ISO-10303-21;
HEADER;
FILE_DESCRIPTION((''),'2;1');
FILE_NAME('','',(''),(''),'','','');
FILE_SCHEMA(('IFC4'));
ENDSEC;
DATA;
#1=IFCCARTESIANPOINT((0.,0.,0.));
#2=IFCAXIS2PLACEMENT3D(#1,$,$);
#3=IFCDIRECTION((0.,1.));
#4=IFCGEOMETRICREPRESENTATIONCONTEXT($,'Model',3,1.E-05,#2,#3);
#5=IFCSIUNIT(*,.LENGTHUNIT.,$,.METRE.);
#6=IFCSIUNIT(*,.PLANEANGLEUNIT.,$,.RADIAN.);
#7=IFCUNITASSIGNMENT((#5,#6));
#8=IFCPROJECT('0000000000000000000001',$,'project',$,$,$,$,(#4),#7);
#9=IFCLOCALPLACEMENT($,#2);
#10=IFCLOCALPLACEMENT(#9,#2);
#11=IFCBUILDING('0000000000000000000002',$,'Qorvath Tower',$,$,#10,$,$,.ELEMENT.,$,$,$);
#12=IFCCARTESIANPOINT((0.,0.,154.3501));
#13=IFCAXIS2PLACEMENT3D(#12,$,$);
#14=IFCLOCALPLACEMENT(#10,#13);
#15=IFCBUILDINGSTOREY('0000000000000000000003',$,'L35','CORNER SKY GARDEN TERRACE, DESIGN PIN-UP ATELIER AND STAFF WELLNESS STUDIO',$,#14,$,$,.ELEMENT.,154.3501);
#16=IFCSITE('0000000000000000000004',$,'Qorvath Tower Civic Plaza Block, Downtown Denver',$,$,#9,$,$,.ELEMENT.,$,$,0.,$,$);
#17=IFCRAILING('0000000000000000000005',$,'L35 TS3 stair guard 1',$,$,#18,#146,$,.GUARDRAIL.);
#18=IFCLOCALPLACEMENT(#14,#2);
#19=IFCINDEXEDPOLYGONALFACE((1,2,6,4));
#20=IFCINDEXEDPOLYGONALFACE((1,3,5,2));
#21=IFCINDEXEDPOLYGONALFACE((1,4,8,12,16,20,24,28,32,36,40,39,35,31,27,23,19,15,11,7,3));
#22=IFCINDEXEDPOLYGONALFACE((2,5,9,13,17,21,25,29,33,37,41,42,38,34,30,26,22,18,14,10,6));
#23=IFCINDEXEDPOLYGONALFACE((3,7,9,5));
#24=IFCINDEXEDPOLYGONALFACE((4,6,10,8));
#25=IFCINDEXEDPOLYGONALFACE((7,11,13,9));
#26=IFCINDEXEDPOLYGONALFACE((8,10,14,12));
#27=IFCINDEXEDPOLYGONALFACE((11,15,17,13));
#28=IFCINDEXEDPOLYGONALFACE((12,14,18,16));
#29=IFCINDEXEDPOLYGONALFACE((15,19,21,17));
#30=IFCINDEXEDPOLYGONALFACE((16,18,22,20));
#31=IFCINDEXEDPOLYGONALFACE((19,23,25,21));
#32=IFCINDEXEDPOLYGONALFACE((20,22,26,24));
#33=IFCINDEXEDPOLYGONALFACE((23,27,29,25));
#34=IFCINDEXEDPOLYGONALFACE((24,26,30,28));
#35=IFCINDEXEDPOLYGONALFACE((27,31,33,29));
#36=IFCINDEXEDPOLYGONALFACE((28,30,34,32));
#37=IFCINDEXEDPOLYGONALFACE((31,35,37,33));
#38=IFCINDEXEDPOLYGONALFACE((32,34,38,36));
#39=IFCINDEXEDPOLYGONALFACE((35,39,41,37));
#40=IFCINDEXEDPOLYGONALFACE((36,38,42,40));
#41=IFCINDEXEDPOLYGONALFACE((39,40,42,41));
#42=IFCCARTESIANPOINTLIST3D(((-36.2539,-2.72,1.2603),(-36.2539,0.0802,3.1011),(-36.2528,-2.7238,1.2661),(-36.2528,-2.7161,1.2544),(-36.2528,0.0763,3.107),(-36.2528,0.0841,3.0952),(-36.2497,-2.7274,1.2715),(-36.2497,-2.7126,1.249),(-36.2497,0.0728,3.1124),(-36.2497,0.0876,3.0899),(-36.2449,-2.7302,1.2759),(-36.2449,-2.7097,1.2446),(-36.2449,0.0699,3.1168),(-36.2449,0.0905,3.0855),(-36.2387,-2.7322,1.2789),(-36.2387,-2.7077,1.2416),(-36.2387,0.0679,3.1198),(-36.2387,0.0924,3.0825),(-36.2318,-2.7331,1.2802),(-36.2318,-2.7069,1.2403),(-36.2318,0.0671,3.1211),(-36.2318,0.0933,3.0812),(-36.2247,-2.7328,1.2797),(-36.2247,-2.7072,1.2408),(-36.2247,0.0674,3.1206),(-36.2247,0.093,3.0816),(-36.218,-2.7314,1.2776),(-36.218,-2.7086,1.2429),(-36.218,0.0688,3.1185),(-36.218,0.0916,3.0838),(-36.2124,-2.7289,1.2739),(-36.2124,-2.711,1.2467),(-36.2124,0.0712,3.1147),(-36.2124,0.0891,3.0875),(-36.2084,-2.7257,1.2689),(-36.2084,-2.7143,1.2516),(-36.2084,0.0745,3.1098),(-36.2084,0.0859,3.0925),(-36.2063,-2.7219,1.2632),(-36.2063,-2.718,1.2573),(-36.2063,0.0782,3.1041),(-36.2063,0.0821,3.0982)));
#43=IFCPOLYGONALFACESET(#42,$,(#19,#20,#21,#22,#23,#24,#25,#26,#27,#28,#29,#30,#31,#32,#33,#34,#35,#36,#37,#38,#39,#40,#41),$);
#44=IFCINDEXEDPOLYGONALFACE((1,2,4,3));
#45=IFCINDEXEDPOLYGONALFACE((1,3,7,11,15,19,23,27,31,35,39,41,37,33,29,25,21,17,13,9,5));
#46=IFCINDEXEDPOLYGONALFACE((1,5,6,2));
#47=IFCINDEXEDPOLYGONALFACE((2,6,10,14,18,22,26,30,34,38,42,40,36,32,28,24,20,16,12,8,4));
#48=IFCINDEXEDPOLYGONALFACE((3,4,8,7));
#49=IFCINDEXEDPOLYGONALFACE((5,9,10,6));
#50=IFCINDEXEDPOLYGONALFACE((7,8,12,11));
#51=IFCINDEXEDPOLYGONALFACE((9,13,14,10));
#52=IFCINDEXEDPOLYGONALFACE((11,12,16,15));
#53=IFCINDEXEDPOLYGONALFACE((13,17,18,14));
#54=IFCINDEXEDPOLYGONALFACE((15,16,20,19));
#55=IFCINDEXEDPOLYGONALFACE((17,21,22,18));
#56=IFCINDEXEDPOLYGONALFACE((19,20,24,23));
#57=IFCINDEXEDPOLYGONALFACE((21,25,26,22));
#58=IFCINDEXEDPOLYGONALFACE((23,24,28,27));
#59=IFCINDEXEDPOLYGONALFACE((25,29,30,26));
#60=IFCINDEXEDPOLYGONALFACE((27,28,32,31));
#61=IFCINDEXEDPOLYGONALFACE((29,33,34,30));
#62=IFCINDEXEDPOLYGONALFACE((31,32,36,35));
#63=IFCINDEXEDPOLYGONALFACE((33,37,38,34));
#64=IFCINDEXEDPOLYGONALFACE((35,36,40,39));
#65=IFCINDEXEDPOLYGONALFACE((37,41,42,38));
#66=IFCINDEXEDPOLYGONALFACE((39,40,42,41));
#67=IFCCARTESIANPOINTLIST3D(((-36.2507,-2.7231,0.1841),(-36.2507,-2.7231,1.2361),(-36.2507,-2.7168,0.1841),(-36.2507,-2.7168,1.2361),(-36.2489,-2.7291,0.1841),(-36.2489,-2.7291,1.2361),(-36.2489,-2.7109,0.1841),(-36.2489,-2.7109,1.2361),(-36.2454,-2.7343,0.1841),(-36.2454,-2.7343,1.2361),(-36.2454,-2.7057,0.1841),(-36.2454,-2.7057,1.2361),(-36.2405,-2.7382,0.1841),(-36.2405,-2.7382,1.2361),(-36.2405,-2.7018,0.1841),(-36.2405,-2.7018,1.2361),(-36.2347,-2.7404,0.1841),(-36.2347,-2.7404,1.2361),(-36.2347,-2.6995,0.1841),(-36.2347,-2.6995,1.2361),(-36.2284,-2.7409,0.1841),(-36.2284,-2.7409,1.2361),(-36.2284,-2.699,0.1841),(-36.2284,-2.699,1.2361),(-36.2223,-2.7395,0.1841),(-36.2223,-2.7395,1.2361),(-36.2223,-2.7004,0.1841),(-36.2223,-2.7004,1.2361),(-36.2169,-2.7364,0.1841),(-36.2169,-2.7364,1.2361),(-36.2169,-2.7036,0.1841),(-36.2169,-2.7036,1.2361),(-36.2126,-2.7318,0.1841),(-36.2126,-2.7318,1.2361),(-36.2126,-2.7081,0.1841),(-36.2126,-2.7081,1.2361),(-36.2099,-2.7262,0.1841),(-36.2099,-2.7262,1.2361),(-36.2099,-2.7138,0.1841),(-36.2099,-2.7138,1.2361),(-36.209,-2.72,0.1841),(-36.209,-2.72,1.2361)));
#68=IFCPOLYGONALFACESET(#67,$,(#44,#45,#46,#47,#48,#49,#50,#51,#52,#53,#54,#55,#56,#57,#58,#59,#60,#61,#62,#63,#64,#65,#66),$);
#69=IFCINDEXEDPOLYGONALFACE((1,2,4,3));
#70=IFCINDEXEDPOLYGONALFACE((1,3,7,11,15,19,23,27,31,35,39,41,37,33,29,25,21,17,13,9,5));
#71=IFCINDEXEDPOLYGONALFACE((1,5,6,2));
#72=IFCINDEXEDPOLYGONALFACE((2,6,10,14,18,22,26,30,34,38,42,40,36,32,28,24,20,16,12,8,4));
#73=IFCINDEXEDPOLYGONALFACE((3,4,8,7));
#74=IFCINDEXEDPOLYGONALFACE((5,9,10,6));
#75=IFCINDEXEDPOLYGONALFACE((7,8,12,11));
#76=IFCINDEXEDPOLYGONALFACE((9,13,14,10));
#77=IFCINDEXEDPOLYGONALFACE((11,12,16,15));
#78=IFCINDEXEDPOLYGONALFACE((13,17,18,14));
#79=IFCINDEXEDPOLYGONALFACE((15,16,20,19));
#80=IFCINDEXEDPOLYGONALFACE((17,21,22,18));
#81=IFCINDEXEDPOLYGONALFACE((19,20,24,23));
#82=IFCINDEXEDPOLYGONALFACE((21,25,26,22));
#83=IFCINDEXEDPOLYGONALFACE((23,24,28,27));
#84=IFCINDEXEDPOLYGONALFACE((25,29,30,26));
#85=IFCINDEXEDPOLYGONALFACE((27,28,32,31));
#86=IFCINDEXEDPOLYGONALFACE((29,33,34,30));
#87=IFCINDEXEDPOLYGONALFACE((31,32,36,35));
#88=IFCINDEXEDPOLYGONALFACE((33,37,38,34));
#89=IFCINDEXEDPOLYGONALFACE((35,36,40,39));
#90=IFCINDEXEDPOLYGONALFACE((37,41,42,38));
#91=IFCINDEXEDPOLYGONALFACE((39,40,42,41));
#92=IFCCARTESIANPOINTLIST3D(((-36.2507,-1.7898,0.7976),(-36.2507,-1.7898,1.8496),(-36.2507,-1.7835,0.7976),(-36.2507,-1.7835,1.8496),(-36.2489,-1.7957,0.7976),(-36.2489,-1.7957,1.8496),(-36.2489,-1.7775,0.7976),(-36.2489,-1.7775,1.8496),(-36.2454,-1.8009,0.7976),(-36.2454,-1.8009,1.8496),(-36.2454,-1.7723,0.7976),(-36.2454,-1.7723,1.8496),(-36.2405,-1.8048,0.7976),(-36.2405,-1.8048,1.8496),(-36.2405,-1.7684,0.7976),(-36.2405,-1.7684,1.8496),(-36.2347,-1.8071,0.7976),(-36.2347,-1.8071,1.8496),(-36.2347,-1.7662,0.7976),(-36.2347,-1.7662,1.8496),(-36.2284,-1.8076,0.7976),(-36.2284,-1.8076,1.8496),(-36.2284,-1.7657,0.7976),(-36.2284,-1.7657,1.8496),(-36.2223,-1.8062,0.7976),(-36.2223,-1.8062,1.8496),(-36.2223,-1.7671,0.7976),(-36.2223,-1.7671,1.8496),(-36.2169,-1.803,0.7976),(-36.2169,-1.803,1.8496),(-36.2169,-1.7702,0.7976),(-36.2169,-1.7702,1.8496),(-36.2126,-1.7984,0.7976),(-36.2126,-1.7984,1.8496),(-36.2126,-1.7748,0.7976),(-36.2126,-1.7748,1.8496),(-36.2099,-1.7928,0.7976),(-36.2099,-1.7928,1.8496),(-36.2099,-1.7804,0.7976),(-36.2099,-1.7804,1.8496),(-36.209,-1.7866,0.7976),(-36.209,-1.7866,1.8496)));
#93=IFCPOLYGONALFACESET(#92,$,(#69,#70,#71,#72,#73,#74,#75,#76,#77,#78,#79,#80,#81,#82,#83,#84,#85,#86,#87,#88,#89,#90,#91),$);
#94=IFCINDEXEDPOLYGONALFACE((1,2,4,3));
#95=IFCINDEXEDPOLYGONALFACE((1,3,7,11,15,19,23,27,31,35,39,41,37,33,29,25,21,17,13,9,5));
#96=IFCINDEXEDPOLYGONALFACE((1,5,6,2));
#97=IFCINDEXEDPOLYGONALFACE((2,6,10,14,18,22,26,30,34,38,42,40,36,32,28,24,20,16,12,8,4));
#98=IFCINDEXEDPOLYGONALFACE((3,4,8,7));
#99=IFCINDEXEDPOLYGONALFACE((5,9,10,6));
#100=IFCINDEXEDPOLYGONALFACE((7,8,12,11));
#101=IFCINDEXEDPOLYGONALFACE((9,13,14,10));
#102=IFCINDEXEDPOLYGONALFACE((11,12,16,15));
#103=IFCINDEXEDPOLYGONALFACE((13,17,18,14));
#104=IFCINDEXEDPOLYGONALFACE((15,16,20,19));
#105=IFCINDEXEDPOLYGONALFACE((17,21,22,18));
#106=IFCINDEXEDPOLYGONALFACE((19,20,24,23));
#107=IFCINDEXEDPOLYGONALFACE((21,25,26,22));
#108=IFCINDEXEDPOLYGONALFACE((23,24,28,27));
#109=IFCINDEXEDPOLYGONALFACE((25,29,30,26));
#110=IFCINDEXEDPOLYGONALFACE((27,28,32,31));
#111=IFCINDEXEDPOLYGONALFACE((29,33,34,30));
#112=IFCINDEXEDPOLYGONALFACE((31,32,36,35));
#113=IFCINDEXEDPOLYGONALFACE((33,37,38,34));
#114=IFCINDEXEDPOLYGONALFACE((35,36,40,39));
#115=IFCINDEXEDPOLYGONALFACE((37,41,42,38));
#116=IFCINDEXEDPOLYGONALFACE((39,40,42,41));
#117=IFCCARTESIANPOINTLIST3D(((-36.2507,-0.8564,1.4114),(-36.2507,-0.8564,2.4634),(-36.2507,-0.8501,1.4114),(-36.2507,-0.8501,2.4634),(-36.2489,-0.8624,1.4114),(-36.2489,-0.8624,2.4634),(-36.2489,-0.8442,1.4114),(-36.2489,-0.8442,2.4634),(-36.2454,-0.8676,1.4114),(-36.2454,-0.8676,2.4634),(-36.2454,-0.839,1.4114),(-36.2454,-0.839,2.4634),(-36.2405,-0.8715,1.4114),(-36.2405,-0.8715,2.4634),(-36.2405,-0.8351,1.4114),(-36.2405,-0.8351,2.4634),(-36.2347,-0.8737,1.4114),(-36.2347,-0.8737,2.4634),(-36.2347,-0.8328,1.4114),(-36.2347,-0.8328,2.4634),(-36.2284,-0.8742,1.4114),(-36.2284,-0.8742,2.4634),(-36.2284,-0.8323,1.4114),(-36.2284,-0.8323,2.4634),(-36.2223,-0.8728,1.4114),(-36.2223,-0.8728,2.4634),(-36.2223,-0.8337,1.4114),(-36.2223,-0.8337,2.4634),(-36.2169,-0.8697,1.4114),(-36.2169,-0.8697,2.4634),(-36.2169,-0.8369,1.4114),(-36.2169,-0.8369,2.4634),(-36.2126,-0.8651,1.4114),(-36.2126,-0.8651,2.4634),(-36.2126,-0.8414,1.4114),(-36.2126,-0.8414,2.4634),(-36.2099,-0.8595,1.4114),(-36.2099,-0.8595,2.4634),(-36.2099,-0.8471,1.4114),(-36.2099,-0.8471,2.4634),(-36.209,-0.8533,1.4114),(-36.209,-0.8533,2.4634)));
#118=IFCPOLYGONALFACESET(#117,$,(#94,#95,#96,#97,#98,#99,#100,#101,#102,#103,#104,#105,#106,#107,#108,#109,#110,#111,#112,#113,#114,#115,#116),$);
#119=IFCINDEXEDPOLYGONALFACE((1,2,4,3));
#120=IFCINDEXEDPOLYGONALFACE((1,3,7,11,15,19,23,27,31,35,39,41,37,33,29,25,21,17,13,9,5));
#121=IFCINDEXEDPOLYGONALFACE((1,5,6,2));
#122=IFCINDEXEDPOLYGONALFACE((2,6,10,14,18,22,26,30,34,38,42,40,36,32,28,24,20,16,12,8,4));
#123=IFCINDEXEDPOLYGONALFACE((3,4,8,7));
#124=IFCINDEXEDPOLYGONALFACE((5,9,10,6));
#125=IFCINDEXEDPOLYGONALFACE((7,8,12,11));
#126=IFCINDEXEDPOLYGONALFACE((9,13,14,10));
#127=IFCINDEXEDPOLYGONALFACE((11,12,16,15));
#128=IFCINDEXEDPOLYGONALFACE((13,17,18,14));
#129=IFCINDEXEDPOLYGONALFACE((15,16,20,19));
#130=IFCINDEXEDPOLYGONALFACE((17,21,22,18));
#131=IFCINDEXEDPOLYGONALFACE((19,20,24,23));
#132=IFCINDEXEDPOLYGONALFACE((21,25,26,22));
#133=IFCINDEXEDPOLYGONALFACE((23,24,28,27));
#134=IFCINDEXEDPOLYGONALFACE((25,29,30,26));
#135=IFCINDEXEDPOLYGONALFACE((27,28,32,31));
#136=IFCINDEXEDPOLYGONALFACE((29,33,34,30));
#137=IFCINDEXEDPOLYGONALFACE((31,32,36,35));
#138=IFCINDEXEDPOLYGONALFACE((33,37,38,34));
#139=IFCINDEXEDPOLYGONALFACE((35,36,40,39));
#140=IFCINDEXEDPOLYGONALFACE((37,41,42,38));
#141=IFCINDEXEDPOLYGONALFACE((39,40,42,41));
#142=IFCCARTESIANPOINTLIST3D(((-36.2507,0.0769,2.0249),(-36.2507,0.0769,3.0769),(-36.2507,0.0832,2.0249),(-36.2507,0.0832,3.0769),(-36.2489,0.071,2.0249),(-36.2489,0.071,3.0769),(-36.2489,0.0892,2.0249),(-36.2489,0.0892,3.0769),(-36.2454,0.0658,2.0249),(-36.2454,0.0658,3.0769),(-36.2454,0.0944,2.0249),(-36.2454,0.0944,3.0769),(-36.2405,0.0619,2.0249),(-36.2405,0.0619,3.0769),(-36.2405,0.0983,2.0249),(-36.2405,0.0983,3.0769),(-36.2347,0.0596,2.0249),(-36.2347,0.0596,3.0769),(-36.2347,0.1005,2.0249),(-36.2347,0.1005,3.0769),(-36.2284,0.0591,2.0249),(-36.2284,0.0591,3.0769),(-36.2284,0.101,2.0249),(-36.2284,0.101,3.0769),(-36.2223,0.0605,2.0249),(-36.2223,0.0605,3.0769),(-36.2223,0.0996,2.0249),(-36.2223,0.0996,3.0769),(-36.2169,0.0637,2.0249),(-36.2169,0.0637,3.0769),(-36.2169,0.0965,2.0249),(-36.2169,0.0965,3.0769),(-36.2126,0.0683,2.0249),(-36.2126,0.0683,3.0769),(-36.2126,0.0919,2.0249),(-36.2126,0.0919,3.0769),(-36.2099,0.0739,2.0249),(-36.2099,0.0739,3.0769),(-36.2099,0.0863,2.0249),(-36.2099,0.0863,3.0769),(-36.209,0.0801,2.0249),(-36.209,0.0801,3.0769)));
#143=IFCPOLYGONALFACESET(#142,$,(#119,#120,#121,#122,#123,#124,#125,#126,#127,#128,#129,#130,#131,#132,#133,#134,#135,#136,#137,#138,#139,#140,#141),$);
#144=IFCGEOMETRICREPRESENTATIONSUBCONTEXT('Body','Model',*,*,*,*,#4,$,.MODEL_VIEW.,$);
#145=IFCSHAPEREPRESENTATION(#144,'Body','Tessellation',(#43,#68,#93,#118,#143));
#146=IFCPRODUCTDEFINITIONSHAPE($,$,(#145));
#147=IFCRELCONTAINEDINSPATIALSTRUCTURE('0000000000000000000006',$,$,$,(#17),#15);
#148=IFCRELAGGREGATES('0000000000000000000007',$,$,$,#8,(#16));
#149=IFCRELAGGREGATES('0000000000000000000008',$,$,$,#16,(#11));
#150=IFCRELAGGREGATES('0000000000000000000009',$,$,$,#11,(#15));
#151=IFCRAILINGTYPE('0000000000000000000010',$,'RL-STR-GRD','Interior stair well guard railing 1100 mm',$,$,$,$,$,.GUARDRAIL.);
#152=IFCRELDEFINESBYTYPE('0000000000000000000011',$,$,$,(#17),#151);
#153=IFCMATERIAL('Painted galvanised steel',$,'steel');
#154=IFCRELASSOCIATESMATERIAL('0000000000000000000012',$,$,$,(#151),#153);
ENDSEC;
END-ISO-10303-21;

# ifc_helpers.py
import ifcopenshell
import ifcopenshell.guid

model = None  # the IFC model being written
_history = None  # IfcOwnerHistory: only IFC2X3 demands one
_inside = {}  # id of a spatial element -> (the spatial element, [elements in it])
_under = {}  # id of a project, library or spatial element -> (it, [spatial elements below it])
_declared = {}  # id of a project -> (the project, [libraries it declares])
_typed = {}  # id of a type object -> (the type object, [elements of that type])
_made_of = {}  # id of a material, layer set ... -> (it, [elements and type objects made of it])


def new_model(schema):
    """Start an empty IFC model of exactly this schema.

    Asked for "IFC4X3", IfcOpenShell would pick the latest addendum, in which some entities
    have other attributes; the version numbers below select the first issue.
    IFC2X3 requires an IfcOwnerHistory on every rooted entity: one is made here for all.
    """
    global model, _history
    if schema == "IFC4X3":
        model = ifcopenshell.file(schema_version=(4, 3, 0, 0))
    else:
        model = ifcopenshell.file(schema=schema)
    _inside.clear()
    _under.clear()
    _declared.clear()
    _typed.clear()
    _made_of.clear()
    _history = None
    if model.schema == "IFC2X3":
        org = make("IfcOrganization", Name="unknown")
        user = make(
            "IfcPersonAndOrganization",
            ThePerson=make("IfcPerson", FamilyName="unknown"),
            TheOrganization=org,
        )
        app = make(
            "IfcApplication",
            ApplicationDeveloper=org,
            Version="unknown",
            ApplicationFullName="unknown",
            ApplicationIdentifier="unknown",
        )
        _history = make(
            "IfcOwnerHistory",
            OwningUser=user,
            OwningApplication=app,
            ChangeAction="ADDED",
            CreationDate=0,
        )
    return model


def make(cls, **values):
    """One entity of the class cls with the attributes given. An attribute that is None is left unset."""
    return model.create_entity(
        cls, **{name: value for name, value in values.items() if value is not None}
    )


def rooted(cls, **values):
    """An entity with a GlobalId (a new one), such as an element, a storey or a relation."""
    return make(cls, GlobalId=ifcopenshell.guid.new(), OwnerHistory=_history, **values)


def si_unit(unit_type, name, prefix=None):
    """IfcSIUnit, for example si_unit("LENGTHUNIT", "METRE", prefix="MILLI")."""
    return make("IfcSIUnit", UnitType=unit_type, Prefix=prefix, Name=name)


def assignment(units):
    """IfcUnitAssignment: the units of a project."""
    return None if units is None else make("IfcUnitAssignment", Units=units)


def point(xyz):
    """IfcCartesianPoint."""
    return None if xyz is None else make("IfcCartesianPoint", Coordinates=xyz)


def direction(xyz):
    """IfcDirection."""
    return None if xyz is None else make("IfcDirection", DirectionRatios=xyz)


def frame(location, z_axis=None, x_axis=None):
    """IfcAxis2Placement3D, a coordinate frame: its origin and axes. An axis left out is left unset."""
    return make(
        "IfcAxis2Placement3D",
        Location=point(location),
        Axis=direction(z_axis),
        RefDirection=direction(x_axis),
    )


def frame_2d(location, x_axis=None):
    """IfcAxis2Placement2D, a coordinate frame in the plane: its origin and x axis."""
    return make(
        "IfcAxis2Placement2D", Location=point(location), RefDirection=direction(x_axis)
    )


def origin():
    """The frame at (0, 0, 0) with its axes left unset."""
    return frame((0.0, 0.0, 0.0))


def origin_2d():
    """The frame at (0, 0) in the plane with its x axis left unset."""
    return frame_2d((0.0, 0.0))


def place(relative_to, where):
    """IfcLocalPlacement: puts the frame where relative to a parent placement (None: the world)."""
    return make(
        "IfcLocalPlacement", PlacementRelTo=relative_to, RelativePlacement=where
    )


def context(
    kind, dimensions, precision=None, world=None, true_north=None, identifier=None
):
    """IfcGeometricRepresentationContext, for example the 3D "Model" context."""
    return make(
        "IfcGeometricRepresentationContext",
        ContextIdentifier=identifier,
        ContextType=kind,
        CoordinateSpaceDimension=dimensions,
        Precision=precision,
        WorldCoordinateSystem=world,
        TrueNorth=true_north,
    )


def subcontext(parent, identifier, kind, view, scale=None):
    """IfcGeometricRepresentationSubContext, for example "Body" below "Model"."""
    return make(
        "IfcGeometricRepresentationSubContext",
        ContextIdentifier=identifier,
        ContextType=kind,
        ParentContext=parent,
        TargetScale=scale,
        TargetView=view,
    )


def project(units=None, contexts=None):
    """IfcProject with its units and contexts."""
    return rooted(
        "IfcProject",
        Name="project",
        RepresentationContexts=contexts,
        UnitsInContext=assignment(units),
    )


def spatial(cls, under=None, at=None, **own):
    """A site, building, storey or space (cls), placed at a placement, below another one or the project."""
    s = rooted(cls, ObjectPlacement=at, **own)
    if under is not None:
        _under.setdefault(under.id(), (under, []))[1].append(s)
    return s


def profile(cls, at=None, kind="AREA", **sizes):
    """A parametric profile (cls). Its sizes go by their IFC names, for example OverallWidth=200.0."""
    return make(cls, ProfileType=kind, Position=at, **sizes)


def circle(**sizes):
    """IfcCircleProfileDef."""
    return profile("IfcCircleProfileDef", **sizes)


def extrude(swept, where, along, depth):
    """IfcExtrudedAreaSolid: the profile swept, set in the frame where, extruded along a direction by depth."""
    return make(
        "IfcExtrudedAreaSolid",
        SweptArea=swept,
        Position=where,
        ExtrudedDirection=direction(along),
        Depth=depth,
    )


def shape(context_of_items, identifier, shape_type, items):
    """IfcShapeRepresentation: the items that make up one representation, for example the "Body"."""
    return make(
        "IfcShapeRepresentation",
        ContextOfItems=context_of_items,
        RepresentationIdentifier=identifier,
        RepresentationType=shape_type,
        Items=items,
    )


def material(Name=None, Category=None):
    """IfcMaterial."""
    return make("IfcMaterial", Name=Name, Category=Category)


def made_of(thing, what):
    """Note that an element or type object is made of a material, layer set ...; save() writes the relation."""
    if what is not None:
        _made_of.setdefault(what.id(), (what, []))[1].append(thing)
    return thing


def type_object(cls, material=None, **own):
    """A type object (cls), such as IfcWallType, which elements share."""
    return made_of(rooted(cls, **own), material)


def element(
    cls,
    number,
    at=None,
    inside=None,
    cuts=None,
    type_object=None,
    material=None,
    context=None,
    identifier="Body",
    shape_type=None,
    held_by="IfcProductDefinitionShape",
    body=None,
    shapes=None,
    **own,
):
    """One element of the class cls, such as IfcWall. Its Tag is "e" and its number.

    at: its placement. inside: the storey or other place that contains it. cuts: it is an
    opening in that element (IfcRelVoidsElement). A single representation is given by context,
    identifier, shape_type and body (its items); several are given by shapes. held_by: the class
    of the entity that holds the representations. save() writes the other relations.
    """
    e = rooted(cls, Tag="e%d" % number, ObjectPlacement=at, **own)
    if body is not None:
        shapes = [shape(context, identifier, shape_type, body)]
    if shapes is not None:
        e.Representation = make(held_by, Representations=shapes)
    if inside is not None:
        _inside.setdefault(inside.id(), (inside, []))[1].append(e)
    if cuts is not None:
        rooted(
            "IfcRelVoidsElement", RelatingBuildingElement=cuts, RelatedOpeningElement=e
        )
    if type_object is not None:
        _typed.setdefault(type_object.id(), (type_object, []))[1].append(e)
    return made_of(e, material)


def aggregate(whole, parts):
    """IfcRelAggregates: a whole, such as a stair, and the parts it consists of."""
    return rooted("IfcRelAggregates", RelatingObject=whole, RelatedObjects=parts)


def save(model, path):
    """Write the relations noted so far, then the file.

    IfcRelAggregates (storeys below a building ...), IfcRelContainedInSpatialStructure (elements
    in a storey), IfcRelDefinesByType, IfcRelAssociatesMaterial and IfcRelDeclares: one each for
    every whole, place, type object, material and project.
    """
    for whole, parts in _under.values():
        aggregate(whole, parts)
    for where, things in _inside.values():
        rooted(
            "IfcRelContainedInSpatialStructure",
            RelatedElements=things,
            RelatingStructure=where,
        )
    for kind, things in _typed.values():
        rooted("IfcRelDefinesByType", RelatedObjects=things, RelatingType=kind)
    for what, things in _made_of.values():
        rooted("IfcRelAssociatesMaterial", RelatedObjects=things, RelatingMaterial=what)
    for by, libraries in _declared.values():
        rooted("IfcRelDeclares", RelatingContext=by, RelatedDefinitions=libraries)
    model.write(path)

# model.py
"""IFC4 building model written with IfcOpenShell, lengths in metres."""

from ifc_helpers import new_model, si_unit, direction, frame, origin, origin_2d, place, context, subcontext, project, spatial, circle, extrude, material, type_object, element, save


model = new_model("IFC4")

# Units and contexts
model_context = context("Model", 3, precision=1e-05, world=origin(), true_north=direction((0.0, 1.0)))
body_context = subcontext(model_context, "Body", "Model", "MODEL_VIEW")
ifc_project = project(units=[si_unit("LENGTHUNIT", "METRE"), si_unit("PLANEANGLEUNIT", "RADIAN")], contexts=[model_context])

# Site, building, storey
site_placement = place(None, origin())
site = spatial("IfcSite", under=ifc_project, at=site_placement, Name="Qorvath Tower Civic Plaza Block, Downtown Denver", CompositionType="ELEMENT", RefElevation=0.0)
building_placement = place(site_placement, origin())
building = spatial("IfcBuilding", under=site, at=building_placement, Name="Qorvath Tower", CompositionType="ELEMENT")
storey_placement = place(building_placement, frame((0.0, 0.0, 154.3501)))
storey = spatial("IfcBuildingStorey", under=building, at=storey_placement, Name="L35", Description="CORNER SKY GARDEN TERRACE, DESIGN PIN-UP ATELIER AND STAFF WELLNESS STUDIO", CompositionType="ELEMENT", Elevation=154.3501)

# Railing
ifc_material_1 = material(Name="Painted galvanised steel", Category="steel")
railing_type_1 = type_object("IfcRailingType", Name="RL-STR-GRD", Description="Interior stair well guard railing 1100 mm", PredefinedType="GUARDRAIL", material=ifc_material_1)
railing_1_placement = place(storey_placement, frame((-36.23, -2.72, 0.1841)))
element("IfcRailing", 1, at=railing_1_placement, inside=storey, type_object=railing_type_1, Name="L35 TS3 stair guard 1", PredefinedType="GUARDRAIL", context=body_context, shape_type="SweptSolid", body=[
    extrude(circle(Radius=0.0239, at=origin_2d()), frame((0.0, 0.0, 1.0762), z_axis=(0.0, 0.835598, 0.549342), x_axis=(-1.0, 0.0, 0.0)), (0.0, 0.0, 1.0), 3.3511),
    extrude(circle(Radius=0.021, at=origin_2d()), origin(), (0.0, 0.0, 1.0), 1.052),
    extrude(circle(Radius=0.021, at=origin_2d()), frame((0.0, 0.9333, 0.6135)), (0.0, 0.0, 1.0), 1.052),
    extrude(circle(Radius=0.021, at=origin_2d()), frame((0.0, 1.8667, 1.2273)), (0.0, 0.0, 1.0), 1.052),
    extrude(circle(Radius=0.021, at=origin_2d()), frame((0.0, 2.8, 1.8408)), (0.0, 0.0, 1.0), 1.052),
])

save(model, "model.ifc")
